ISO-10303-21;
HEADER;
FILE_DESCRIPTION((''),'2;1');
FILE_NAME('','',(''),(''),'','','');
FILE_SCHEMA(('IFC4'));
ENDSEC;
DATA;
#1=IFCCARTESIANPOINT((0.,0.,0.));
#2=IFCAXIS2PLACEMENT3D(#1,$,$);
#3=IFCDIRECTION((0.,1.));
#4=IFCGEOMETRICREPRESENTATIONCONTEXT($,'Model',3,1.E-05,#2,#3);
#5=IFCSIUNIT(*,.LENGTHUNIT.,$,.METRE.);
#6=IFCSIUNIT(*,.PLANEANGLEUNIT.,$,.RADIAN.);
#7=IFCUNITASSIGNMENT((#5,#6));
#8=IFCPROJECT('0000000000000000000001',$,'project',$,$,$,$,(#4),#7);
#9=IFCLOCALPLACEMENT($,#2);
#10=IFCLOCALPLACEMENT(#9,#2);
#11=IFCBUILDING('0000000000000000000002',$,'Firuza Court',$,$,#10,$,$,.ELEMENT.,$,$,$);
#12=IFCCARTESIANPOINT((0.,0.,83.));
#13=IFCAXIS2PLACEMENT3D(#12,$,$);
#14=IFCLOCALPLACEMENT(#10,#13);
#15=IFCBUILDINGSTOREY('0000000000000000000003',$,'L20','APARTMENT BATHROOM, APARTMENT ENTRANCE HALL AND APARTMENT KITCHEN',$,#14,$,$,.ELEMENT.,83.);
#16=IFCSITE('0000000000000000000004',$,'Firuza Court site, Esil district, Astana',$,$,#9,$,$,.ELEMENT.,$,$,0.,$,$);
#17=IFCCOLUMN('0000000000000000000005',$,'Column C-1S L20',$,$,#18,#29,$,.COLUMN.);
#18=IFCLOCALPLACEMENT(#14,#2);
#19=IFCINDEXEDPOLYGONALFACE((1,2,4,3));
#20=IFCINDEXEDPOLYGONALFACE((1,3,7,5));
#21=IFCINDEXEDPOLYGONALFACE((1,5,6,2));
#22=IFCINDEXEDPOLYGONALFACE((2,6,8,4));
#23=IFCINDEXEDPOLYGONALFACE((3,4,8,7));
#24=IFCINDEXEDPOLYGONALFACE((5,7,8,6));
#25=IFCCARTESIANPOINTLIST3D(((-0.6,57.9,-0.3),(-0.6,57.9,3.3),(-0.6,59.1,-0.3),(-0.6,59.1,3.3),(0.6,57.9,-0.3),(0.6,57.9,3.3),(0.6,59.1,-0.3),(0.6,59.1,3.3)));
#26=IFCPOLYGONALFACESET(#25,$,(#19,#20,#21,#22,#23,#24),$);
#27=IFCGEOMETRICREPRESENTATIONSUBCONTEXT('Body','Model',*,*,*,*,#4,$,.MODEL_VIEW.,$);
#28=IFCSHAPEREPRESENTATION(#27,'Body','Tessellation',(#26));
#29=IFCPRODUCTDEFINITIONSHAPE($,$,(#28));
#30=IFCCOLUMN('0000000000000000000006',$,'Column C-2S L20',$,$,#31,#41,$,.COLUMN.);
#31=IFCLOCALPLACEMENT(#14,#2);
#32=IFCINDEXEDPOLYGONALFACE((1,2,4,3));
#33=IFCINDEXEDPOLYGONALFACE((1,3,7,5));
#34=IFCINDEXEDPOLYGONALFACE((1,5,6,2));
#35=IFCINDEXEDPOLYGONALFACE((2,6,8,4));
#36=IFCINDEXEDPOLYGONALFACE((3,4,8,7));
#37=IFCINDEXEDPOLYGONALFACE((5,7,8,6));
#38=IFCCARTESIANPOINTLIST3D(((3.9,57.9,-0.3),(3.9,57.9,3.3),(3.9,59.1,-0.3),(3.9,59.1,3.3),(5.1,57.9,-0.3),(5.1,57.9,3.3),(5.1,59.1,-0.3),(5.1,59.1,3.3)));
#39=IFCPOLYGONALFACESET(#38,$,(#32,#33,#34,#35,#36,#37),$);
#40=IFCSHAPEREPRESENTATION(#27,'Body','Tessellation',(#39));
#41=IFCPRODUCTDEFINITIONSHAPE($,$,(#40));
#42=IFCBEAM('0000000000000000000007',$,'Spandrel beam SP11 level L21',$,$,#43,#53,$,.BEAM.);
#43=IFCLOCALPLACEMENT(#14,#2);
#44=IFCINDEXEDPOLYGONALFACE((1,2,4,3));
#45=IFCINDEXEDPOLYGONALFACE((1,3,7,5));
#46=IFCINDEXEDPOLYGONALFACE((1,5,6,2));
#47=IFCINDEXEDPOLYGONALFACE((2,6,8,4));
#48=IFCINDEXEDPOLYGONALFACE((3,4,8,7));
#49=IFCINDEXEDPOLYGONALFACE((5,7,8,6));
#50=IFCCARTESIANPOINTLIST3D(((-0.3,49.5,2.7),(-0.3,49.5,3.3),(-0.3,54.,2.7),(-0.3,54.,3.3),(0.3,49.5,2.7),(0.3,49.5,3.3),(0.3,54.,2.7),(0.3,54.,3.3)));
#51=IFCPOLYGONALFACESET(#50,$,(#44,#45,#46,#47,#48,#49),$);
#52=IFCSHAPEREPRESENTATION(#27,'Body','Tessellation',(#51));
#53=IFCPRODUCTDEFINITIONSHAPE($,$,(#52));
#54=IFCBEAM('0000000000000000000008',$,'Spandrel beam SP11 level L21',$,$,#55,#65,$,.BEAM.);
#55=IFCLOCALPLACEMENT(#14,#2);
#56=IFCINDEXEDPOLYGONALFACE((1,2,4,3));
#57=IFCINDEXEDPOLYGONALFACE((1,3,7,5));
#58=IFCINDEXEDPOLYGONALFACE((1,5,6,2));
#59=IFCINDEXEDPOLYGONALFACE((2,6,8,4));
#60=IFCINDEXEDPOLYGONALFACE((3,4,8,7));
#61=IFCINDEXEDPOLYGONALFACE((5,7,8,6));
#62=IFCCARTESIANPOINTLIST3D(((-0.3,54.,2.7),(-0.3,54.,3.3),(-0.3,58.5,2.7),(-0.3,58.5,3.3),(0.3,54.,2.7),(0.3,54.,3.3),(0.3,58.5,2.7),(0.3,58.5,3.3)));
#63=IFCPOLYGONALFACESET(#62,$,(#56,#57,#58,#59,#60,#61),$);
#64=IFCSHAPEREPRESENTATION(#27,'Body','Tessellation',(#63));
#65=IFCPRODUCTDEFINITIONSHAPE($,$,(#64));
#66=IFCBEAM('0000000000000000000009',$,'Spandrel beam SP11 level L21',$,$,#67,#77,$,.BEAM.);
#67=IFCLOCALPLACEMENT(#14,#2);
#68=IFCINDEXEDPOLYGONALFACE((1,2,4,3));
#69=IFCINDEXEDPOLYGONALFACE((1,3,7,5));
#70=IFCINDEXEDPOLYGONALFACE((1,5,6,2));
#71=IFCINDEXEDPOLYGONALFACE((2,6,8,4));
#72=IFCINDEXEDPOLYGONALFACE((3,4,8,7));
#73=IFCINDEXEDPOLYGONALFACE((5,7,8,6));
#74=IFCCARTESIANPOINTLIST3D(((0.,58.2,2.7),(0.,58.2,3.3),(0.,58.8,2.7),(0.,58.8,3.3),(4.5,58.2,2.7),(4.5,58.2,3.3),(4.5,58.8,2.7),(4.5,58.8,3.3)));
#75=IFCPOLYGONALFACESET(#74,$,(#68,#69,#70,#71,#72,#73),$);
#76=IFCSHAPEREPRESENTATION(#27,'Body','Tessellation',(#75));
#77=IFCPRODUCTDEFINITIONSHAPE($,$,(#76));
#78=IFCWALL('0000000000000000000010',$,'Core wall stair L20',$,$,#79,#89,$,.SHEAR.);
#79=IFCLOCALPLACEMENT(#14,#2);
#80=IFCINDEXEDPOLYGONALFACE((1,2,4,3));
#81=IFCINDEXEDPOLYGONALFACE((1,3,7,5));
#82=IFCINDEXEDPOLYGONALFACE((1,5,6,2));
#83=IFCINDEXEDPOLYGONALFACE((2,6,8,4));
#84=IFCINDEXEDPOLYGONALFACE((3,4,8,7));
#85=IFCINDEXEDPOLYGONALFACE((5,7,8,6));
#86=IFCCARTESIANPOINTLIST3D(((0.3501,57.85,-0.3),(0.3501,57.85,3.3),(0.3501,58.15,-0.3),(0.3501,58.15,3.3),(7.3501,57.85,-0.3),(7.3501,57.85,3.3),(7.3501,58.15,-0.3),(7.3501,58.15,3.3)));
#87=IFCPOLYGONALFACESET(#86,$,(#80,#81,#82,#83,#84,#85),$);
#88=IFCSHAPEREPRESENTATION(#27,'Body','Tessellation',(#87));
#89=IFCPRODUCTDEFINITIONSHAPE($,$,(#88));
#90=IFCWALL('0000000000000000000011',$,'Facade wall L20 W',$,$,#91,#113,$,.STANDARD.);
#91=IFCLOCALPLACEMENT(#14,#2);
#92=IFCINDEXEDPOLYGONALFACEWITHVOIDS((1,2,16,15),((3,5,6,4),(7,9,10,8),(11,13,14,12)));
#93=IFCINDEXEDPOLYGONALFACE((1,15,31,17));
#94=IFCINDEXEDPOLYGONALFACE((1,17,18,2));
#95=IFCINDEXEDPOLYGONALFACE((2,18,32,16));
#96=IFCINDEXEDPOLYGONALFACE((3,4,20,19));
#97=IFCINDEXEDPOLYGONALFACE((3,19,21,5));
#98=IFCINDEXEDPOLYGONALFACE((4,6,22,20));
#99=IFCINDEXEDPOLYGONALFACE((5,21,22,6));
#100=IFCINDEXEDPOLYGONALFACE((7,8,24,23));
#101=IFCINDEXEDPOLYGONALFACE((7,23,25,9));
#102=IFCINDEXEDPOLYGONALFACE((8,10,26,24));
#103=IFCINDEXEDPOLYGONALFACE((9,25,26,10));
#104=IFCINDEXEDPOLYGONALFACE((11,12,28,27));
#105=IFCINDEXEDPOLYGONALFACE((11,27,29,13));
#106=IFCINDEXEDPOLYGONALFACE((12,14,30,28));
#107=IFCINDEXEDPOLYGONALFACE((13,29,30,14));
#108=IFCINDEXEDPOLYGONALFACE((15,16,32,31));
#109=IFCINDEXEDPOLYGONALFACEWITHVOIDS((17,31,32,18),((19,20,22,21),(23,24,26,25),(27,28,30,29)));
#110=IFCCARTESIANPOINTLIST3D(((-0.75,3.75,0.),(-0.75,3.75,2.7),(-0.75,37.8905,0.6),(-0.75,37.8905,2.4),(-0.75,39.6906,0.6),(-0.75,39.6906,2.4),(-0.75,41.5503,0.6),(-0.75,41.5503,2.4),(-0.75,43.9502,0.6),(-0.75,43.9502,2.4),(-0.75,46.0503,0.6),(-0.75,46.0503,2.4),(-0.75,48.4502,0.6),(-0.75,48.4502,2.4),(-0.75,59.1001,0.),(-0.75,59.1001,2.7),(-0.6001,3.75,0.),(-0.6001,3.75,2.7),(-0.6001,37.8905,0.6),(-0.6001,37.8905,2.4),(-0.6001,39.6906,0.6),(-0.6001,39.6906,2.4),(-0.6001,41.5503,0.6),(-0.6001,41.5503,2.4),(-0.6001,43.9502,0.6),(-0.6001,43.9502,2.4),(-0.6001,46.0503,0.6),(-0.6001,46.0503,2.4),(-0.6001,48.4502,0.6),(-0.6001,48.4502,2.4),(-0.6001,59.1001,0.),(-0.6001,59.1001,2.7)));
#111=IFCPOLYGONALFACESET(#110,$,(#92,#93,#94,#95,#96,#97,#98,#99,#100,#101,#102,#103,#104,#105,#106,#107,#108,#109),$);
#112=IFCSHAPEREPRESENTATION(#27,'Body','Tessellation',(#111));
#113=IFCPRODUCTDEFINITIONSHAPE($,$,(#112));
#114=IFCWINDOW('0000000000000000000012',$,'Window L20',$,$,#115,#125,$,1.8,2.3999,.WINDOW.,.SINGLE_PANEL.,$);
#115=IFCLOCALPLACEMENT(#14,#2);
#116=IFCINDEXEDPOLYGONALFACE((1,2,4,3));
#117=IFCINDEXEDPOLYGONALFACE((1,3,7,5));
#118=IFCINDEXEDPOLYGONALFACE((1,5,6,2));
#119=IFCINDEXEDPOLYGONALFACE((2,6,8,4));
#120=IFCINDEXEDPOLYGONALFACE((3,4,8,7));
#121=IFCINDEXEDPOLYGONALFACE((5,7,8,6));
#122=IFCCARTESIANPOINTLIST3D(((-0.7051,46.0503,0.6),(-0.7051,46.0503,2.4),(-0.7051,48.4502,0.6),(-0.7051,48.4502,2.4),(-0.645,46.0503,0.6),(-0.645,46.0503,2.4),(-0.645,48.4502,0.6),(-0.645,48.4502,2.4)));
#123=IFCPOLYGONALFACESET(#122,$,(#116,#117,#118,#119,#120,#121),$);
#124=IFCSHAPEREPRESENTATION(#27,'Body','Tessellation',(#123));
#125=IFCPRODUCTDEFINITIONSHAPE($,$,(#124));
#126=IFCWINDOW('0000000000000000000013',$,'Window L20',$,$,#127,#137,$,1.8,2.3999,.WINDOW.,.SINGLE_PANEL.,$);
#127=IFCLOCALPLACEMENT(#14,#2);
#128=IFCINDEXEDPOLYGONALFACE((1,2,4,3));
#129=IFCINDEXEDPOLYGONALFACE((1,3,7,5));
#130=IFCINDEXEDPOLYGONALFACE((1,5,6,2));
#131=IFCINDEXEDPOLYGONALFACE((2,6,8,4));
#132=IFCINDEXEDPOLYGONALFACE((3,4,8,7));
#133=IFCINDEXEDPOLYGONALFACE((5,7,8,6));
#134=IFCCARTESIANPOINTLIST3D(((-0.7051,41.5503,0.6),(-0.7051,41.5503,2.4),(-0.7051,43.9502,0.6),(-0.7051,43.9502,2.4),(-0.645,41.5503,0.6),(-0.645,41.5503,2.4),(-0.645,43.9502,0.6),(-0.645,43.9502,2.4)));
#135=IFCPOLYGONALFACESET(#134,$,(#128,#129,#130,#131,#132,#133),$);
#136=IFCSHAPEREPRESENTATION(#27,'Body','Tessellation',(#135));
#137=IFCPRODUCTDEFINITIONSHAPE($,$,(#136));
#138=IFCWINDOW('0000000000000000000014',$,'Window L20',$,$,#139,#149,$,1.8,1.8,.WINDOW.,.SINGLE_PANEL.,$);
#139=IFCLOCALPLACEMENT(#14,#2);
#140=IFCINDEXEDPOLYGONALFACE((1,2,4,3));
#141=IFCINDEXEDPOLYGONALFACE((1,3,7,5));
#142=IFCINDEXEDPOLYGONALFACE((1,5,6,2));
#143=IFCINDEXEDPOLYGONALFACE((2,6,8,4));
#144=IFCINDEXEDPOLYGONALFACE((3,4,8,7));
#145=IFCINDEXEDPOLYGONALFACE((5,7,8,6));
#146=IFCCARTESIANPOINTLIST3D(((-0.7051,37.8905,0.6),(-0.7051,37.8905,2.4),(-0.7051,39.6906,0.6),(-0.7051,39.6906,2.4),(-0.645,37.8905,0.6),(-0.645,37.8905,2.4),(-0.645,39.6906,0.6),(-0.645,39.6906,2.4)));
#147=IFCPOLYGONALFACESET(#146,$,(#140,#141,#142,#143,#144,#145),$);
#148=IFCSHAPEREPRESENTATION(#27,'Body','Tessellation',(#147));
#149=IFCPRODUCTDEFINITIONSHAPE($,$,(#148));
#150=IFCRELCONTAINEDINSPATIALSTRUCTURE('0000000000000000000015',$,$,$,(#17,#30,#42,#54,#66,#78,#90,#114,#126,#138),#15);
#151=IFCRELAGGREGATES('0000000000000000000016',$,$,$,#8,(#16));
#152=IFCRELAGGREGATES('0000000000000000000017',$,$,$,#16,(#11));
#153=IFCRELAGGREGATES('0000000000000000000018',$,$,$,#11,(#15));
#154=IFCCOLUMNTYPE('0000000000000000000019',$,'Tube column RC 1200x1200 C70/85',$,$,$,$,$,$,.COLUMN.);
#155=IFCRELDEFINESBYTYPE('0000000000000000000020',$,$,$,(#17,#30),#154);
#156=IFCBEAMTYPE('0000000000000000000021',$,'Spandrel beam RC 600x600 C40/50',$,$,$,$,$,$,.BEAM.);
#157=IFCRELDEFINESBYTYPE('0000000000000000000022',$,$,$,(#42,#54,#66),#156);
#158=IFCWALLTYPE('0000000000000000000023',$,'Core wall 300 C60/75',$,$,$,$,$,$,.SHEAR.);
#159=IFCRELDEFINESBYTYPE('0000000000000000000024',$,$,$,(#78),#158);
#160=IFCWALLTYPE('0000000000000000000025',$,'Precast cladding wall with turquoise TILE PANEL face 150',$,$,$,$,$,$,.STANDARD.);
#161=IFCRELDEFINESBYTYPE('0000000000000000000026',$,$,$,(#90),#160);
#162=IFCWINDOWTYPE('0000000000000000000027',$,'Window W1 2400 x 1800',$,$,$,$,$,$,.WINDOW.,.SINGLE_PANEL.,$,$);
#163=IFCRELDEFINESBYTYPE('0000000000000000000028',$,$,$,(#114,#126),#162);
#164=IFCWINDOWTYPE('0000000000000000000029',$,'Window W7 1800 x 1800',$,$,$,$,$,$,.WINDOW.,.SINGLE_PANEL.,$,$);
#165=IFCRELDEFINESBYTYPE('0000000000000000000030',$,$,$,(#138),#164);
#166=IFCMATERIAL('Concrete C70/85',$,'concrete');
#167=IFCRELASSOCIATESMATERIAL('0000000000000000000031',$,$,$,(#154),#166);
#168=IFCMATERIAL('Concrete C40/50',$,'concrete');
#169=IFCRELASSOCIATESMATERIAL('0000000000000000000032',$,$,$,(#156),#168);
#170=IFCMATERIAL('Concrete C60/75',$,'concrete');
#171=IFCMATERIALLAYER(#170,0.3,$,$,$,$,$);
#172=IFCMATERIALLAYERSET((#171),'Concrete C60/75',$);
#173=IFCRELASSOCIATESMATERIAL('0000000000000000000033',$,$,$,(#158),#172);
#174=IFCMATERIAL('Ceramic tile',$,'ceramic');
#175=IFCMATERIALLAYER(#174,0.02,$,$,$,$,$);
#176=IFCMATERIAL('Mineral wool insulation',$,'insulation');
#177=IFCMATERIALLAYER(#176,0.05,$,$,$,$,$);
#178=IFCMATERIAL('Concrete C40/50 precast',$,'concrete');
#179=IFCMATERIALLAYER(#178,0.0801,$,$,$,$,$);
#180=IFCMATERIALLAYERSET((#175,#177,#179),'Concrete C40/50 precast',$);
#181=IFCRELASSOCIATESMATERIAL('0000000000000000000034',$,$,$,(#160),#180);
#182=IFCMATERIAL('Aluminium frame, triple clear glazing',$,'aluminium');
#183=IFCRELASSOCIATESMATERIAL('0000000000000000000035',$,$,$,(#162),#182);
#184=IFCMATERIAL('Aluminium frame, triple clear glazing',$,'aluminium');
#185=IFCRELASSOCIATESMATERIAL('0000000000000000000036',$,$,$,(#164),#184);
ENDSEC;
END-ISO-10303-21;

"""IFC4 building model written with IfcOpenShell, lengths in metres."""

from ifc_helpers import new_model, si_unit, direction, frame, frame_2d, origin, origin_2d, place, context, subcontext, project, spatial, rectangle, extrude, material, layer, layer_set, material_profile, profile_set, type_object, element, fill, save


model = new_model("IFC4")

# Units and contexts
model_context = context("Model", 3, precision=1e-05, world=origin(), true_north=direction((0.0, 1.0)))
body_context = subcontext(model_context, "Body", "Model", "MODEL_VIEW")
ifc_project = project(units=[si_unit("LENGTHUNIT", "METRE"), si_unit("PLANEANGLEUNIT", "RADIAN")], contexts=[model_context])

# Site, building, storey
site_placement = place(None, origin())
site = spatial("IfcSite", under=ifc_project, at=site_placement, Name="Firuza Court site, Esil district, Astana", CompositionType="ELEMENT", RefElevation=0.0)
building_placement = place(site_placement, origin())
building = spatial("IfcBuilding", under=site, at=building_placement, Name="Firuza Court", CompositionType="ELEMENT")
storey_placement = place(building_placement, frame((0.0, 0.0, 83.0)))
storey = spatial("IfcBuildingStorey", under=building, at=storey_placement, Name="L20", Description="APARTMENT BATHROOM, APARTMENT ENTRANCE HALL AND APARTMENT KITCHEN", CompositionType="ELEMENT", Elevation=83.0)

# Columns
ifc_material_1 = material(Name="Concrete C70/85", Category="concrete")
ifc_material_profile_1 = material_profile(ifc_material_1, rectangle(XDim=1.2, YDim=1.2, at=origin_2d()), Name="RC 1200x1200")
ifc_profile_set_1 = profile_set([ifc_material_profile_1], Name="Concrete C70/85")
column_type = type_object("IfcColumnType", Name="Tube column RC 1200x1200 C70/85", PredefinedType="COLUMN", material=ifc_profile_set_1)
for number, where, z_axis, x_axis, name in (
    (1, (0.0, 58.5, -0.3), (0.0, 0.0, 1.0), (1.0, 0.0, 0.0), "Column C-1S L20"),
    (2, (4.5, 58.5, -0.3), (0.0, 0.0, 1.0), (1.0, 0.0, 0.0), "Column C-2S L20"),
):
    element("IfcColumn", number, at=place(storey_placement, frame(where, z_axis=z_axis, x_axis=x_axis)), inside=storey, type_object=column_type, Name=name, PredefinedType="COLUMN", context=body_context, shape_type="SweptSolid", body=[
        extrude(rectangle(XDim=1.2, YDim=1.2, at=origin_2d()), origin(), (0.0, 0.0, 1.0), 3.6001),
    ])

# Beams
ifc_material_2 = material(Name="Concrete C40/50", Category="concrete")
ifc_material_profile_2 = material_profile(ifc_material_2, rectangle(XDim=0.6001, YDim=0.6001, at=origin_2d()), Name="RC 600x600")
ifc_profile_set_2 = profile_set([ifc_material_profile_2], Name="Concrete C40/50")
beam_type = type_object("IfcBeamType", Name="Spandrel beam RC 600x600 C40/50", PredefinedType="BEAM", material=ifc_profile_set_2)
for number, where, z_axis, x_axis, name in (
    (3, (0.0, 54.0, 3.0), (0.0, -1.0, 0.0), (1.0, 0.0, 0.0), "Spandrel beam SP11 level L21"),
    (4, (0.0, 58.5, 3.0), (0.0, -1.0, 0.0), (1.0, 0.0, 0.0), "Spandrel beam SP11 level L21"),
    (5, (4.5, 58.5, 3.0), (-1.0, 0.0, 0.0), (0.0, -1.0, 0.0), "Spandrel beam SP11 level L21"),
):
    element("IfcBeam", number, at=place(storey_placement, frame(where, z_axis=z_axis, x_axis=x_axis)), inside=storey, type_object=beam_type, Name=name, PredefinedType="BEAM", context=body_context, shape_type="SweptSolid", body=[
        extrude(rectangle(XDim=0.6001, YDim=0.6001, at=origin_2d()), origin(), (0.0, 0.0, 1.0), 4.5),
    ])

# Wall
ifc_material_3 = material(Name="Concrete C60/75", Category="concrete")
ifc_layer_1 = layer(ifc_material_3, 0.3)
ifc_layer_set_1 = layer_set([ifc_layer_1], Name="Concrete C60/75")
wall_type_1 = type_object("IfcWallType", Name="Core wall 300 C60/75", PredefinedType="SHEAR", material=ifc_layer_set_1)
wall_1_placement = place(storey_placement, frame((0.3501, 58.0, -0.3), z_axis=(0.0, 0.0, 1.0), x_axis=(1.0, 0.0, 0.0)))
element("IfcWall", 6, at=wall_1_placement, inside=storey, type_object=wall_type_1, Name="Core wall stair L20", PredefinedType="SHEAR", context=body_context, shape_type="SweptSolid", body=[
    extrude(rectangle(XDim=7.0, YDim=0.3, at=frame_2d((3.5, 0.0))), origin(), (0.0, 0.0, 1.0), 3.6001),
])

# Wall, openings, windows
ifc_material_4 = material(Name="Ceramic tile", Category="ceramic")
ifc_layer_2 = layer(ifc_material_4, 0.02)
ifc_material_5 = material(Name="Mineral wool insulation", Category="insulation")
ifc_layer_3 = layer(ifc_material_5, 0.05)
ifc_material_6 = material(Name="Concrete C40/50 precast", Category="concrete")
ifc_layer_4 = layer(ifc_material_6, 0.0801)
ifc_layer_set_2 = layer_set([ifc_layer_2, ifc_layer_3, ifc_layer_4], Name="Concrete C40/50 precast")
wall_type_2 = type_object("IfcWallType", Name="Precast cladding wall with turquoise TILE PANEL face 150", PredefinedType="STANDARD", material=ifc_layer_set_2)
wall_2_placement = place(storey_placement, frame((-0.675, 59.1001, 0.0), z_axis=(0.0, 0.0, 1.0), x_axis=(0.0, -1.0, 0.0)))
wall_2 = element("IfcWall", 7, at=wall_2_placement, inside=storey, type_object=wall_type_2, Name="Facade wall L20 W", PredefinedType="STANDARD", context=body_context, shape_type="SweptSolid", body=[
    extrude(rectangle(XDim=55.3501, YDim=0.1499, at=frame_2d((27.675, 0.0))), origin(), (0.0, 0.0, 1.0), 2.7),
])
opening_1_placement = place(wall_2_placement, frame((10.6499, 0.0, 0.6001)))
opening_1 = element("IfcOpeningElement", 8, at=opening_1_placement, cuts=wall_2, PredefinedType="OPENING", context=body_context, shape_type="SweptSolid", body=[
    extrude(rectangle(XDim=2.3999, YDim=1.8, at=frame_2d((1.2, 0.8999))), frame((0.0, 0.0869, 0.0), z_axis=(0.0, -1.0, 0.0), x_axis=(1.0, 0.0, 0.0)), (0.0, 0.0, 1.0), 0.1738),
])
opening_2_placement = place(wall_2_placement, frame((15.1499, 0.0, 0.6001)))
opening_2 = element("IfcOpeningElement", 9, at=opening_2_placement, cuts=wall_2, PredefinedType="OPENING", context=body_context, shape_type="SweptSolid", body=[
    extrude(rectangle(XDim=2.3999, YDim=1.8, at=frame_2d((1.2, 0.8999))), frame((0.0, 0.0869, 0.0), z_axis=(0.0, -1.0, 0.0), x_axis=(1.0, 0.0, 0.0)), (0.0, 0.0, 1.0), 0.1738),
])
opening_3_placement = place(wall_2_placement, frame((19.4097, 0.0, 0.6001)))
opening_3 = element("IfcOpeningElement", 10, at=opening_3_placement, cuts=wall_2, PredefinedType="OPENING", context=body_context, shape_type="SweptSolid", body=[
    extrude(rectangle(XDim=1.8, YDim=1.8, at=frame_2d((0.8999, 0.8999))), frame((0.0, 0.0869, 0.0), z_axis=(0.0, -1.0, 0.0), x_axis=(1.0, 0.0, 0.0)), (0.0, 0.0, 1.0), 0.1738),
])
ifc_material_7 = material(Name="Aluminium frame, triple clear glazing", Category="aluminium")
window_type_1 = type_object("IfcWindowType", Name="Window W1 2400 x 1800", PartitioningType="SINGLE_PANEL", PredefinedType="WINDOW", material=ifc_material_7)
window_1_placement = place(opening_1_placement, origin())
window_1 = element("IfcWindow", 11, at=window_1_placement, inside=storey, type_object=window_type_1, Name="Window L20", OverallHeight=1.8, OverallWidth=2.3999, PartitioningType="SINGLE_PANEL", PredefinedType="WINDOW", context=body_context, shape_type="SweptSolid", body=[
    extrude(rectangle(XDim=2.3999, YDim=1.8, at=frame_2d((1.2, 0.8999))), frame((0.0, 0.03, 0.0), z_axis=(0.0, -1.0, 0.0), x_axis=(1.0, 0.0, 0.0)), (0.0, 0.0, 1.0), 0.0601),
])
fill(opening_1, window_1)
window_2_placement = place(opening_2_placement, origin())
window_2 = element("IfcWindow", 12, at=window_2_placement, inside=storey, type_object=window_type_1, Name="Window L20", OverallHeight=1.8, OverallWidth=2.3999, PartitioningType="SINGLE_PANEL", PredefinedType="WINDOW", context=body_context, shape_type="SweptSolid", body=[
    extrude(rectangle(XDim=2.3999, YDim=1.8, at=frame_2d((1.2, 0.8999))), frame((0.0, 0.03, 0.0), z_axis=(0.0, -1.0, 0.0), x_axis=(1.0, 0.0, 0.0)), (0.0, 0.0, 1.0), 0.0601),
])
fill(opening_2, window_2)
ifc_material_8 = material(Name="Aluminium frame, triple clear glazing", Category="aluminium")
window_type_2 = type_object("IfcWindowType", Name="Window W7 1800 x 1800", PartitioningType="SINGLE_PANEL", PredefinedType="WINDOW", material=ifc_material_8)
window_3_placement = place(opening_3_placement, origin())
window_3 = element("IfcWindow", 13, at=window_3_placement, inside=storey, type_object=window_type_2, Name="Window L20", OverallHeight=1.8, OverallWidth=1.8, PartitioningType="SINGLE_PANEL", PredefinedType="WINDOW", context=body_context, shape_type="SweptSolid", body=[
    extrude(rectangle(XDim=1.8, YDim=1.8, at=frame_2d((0.8999, 0.8999))), frame((0.0, 0.03, 0.0), z_axis=(0.0, -1.0, 0.0), x_axis=(1.0, 0.0, 0.0)), (0.0, 0.0, 1.0), 0.0601),
])
fill(opening_3, window_3)

save(model, "model.ifc")
